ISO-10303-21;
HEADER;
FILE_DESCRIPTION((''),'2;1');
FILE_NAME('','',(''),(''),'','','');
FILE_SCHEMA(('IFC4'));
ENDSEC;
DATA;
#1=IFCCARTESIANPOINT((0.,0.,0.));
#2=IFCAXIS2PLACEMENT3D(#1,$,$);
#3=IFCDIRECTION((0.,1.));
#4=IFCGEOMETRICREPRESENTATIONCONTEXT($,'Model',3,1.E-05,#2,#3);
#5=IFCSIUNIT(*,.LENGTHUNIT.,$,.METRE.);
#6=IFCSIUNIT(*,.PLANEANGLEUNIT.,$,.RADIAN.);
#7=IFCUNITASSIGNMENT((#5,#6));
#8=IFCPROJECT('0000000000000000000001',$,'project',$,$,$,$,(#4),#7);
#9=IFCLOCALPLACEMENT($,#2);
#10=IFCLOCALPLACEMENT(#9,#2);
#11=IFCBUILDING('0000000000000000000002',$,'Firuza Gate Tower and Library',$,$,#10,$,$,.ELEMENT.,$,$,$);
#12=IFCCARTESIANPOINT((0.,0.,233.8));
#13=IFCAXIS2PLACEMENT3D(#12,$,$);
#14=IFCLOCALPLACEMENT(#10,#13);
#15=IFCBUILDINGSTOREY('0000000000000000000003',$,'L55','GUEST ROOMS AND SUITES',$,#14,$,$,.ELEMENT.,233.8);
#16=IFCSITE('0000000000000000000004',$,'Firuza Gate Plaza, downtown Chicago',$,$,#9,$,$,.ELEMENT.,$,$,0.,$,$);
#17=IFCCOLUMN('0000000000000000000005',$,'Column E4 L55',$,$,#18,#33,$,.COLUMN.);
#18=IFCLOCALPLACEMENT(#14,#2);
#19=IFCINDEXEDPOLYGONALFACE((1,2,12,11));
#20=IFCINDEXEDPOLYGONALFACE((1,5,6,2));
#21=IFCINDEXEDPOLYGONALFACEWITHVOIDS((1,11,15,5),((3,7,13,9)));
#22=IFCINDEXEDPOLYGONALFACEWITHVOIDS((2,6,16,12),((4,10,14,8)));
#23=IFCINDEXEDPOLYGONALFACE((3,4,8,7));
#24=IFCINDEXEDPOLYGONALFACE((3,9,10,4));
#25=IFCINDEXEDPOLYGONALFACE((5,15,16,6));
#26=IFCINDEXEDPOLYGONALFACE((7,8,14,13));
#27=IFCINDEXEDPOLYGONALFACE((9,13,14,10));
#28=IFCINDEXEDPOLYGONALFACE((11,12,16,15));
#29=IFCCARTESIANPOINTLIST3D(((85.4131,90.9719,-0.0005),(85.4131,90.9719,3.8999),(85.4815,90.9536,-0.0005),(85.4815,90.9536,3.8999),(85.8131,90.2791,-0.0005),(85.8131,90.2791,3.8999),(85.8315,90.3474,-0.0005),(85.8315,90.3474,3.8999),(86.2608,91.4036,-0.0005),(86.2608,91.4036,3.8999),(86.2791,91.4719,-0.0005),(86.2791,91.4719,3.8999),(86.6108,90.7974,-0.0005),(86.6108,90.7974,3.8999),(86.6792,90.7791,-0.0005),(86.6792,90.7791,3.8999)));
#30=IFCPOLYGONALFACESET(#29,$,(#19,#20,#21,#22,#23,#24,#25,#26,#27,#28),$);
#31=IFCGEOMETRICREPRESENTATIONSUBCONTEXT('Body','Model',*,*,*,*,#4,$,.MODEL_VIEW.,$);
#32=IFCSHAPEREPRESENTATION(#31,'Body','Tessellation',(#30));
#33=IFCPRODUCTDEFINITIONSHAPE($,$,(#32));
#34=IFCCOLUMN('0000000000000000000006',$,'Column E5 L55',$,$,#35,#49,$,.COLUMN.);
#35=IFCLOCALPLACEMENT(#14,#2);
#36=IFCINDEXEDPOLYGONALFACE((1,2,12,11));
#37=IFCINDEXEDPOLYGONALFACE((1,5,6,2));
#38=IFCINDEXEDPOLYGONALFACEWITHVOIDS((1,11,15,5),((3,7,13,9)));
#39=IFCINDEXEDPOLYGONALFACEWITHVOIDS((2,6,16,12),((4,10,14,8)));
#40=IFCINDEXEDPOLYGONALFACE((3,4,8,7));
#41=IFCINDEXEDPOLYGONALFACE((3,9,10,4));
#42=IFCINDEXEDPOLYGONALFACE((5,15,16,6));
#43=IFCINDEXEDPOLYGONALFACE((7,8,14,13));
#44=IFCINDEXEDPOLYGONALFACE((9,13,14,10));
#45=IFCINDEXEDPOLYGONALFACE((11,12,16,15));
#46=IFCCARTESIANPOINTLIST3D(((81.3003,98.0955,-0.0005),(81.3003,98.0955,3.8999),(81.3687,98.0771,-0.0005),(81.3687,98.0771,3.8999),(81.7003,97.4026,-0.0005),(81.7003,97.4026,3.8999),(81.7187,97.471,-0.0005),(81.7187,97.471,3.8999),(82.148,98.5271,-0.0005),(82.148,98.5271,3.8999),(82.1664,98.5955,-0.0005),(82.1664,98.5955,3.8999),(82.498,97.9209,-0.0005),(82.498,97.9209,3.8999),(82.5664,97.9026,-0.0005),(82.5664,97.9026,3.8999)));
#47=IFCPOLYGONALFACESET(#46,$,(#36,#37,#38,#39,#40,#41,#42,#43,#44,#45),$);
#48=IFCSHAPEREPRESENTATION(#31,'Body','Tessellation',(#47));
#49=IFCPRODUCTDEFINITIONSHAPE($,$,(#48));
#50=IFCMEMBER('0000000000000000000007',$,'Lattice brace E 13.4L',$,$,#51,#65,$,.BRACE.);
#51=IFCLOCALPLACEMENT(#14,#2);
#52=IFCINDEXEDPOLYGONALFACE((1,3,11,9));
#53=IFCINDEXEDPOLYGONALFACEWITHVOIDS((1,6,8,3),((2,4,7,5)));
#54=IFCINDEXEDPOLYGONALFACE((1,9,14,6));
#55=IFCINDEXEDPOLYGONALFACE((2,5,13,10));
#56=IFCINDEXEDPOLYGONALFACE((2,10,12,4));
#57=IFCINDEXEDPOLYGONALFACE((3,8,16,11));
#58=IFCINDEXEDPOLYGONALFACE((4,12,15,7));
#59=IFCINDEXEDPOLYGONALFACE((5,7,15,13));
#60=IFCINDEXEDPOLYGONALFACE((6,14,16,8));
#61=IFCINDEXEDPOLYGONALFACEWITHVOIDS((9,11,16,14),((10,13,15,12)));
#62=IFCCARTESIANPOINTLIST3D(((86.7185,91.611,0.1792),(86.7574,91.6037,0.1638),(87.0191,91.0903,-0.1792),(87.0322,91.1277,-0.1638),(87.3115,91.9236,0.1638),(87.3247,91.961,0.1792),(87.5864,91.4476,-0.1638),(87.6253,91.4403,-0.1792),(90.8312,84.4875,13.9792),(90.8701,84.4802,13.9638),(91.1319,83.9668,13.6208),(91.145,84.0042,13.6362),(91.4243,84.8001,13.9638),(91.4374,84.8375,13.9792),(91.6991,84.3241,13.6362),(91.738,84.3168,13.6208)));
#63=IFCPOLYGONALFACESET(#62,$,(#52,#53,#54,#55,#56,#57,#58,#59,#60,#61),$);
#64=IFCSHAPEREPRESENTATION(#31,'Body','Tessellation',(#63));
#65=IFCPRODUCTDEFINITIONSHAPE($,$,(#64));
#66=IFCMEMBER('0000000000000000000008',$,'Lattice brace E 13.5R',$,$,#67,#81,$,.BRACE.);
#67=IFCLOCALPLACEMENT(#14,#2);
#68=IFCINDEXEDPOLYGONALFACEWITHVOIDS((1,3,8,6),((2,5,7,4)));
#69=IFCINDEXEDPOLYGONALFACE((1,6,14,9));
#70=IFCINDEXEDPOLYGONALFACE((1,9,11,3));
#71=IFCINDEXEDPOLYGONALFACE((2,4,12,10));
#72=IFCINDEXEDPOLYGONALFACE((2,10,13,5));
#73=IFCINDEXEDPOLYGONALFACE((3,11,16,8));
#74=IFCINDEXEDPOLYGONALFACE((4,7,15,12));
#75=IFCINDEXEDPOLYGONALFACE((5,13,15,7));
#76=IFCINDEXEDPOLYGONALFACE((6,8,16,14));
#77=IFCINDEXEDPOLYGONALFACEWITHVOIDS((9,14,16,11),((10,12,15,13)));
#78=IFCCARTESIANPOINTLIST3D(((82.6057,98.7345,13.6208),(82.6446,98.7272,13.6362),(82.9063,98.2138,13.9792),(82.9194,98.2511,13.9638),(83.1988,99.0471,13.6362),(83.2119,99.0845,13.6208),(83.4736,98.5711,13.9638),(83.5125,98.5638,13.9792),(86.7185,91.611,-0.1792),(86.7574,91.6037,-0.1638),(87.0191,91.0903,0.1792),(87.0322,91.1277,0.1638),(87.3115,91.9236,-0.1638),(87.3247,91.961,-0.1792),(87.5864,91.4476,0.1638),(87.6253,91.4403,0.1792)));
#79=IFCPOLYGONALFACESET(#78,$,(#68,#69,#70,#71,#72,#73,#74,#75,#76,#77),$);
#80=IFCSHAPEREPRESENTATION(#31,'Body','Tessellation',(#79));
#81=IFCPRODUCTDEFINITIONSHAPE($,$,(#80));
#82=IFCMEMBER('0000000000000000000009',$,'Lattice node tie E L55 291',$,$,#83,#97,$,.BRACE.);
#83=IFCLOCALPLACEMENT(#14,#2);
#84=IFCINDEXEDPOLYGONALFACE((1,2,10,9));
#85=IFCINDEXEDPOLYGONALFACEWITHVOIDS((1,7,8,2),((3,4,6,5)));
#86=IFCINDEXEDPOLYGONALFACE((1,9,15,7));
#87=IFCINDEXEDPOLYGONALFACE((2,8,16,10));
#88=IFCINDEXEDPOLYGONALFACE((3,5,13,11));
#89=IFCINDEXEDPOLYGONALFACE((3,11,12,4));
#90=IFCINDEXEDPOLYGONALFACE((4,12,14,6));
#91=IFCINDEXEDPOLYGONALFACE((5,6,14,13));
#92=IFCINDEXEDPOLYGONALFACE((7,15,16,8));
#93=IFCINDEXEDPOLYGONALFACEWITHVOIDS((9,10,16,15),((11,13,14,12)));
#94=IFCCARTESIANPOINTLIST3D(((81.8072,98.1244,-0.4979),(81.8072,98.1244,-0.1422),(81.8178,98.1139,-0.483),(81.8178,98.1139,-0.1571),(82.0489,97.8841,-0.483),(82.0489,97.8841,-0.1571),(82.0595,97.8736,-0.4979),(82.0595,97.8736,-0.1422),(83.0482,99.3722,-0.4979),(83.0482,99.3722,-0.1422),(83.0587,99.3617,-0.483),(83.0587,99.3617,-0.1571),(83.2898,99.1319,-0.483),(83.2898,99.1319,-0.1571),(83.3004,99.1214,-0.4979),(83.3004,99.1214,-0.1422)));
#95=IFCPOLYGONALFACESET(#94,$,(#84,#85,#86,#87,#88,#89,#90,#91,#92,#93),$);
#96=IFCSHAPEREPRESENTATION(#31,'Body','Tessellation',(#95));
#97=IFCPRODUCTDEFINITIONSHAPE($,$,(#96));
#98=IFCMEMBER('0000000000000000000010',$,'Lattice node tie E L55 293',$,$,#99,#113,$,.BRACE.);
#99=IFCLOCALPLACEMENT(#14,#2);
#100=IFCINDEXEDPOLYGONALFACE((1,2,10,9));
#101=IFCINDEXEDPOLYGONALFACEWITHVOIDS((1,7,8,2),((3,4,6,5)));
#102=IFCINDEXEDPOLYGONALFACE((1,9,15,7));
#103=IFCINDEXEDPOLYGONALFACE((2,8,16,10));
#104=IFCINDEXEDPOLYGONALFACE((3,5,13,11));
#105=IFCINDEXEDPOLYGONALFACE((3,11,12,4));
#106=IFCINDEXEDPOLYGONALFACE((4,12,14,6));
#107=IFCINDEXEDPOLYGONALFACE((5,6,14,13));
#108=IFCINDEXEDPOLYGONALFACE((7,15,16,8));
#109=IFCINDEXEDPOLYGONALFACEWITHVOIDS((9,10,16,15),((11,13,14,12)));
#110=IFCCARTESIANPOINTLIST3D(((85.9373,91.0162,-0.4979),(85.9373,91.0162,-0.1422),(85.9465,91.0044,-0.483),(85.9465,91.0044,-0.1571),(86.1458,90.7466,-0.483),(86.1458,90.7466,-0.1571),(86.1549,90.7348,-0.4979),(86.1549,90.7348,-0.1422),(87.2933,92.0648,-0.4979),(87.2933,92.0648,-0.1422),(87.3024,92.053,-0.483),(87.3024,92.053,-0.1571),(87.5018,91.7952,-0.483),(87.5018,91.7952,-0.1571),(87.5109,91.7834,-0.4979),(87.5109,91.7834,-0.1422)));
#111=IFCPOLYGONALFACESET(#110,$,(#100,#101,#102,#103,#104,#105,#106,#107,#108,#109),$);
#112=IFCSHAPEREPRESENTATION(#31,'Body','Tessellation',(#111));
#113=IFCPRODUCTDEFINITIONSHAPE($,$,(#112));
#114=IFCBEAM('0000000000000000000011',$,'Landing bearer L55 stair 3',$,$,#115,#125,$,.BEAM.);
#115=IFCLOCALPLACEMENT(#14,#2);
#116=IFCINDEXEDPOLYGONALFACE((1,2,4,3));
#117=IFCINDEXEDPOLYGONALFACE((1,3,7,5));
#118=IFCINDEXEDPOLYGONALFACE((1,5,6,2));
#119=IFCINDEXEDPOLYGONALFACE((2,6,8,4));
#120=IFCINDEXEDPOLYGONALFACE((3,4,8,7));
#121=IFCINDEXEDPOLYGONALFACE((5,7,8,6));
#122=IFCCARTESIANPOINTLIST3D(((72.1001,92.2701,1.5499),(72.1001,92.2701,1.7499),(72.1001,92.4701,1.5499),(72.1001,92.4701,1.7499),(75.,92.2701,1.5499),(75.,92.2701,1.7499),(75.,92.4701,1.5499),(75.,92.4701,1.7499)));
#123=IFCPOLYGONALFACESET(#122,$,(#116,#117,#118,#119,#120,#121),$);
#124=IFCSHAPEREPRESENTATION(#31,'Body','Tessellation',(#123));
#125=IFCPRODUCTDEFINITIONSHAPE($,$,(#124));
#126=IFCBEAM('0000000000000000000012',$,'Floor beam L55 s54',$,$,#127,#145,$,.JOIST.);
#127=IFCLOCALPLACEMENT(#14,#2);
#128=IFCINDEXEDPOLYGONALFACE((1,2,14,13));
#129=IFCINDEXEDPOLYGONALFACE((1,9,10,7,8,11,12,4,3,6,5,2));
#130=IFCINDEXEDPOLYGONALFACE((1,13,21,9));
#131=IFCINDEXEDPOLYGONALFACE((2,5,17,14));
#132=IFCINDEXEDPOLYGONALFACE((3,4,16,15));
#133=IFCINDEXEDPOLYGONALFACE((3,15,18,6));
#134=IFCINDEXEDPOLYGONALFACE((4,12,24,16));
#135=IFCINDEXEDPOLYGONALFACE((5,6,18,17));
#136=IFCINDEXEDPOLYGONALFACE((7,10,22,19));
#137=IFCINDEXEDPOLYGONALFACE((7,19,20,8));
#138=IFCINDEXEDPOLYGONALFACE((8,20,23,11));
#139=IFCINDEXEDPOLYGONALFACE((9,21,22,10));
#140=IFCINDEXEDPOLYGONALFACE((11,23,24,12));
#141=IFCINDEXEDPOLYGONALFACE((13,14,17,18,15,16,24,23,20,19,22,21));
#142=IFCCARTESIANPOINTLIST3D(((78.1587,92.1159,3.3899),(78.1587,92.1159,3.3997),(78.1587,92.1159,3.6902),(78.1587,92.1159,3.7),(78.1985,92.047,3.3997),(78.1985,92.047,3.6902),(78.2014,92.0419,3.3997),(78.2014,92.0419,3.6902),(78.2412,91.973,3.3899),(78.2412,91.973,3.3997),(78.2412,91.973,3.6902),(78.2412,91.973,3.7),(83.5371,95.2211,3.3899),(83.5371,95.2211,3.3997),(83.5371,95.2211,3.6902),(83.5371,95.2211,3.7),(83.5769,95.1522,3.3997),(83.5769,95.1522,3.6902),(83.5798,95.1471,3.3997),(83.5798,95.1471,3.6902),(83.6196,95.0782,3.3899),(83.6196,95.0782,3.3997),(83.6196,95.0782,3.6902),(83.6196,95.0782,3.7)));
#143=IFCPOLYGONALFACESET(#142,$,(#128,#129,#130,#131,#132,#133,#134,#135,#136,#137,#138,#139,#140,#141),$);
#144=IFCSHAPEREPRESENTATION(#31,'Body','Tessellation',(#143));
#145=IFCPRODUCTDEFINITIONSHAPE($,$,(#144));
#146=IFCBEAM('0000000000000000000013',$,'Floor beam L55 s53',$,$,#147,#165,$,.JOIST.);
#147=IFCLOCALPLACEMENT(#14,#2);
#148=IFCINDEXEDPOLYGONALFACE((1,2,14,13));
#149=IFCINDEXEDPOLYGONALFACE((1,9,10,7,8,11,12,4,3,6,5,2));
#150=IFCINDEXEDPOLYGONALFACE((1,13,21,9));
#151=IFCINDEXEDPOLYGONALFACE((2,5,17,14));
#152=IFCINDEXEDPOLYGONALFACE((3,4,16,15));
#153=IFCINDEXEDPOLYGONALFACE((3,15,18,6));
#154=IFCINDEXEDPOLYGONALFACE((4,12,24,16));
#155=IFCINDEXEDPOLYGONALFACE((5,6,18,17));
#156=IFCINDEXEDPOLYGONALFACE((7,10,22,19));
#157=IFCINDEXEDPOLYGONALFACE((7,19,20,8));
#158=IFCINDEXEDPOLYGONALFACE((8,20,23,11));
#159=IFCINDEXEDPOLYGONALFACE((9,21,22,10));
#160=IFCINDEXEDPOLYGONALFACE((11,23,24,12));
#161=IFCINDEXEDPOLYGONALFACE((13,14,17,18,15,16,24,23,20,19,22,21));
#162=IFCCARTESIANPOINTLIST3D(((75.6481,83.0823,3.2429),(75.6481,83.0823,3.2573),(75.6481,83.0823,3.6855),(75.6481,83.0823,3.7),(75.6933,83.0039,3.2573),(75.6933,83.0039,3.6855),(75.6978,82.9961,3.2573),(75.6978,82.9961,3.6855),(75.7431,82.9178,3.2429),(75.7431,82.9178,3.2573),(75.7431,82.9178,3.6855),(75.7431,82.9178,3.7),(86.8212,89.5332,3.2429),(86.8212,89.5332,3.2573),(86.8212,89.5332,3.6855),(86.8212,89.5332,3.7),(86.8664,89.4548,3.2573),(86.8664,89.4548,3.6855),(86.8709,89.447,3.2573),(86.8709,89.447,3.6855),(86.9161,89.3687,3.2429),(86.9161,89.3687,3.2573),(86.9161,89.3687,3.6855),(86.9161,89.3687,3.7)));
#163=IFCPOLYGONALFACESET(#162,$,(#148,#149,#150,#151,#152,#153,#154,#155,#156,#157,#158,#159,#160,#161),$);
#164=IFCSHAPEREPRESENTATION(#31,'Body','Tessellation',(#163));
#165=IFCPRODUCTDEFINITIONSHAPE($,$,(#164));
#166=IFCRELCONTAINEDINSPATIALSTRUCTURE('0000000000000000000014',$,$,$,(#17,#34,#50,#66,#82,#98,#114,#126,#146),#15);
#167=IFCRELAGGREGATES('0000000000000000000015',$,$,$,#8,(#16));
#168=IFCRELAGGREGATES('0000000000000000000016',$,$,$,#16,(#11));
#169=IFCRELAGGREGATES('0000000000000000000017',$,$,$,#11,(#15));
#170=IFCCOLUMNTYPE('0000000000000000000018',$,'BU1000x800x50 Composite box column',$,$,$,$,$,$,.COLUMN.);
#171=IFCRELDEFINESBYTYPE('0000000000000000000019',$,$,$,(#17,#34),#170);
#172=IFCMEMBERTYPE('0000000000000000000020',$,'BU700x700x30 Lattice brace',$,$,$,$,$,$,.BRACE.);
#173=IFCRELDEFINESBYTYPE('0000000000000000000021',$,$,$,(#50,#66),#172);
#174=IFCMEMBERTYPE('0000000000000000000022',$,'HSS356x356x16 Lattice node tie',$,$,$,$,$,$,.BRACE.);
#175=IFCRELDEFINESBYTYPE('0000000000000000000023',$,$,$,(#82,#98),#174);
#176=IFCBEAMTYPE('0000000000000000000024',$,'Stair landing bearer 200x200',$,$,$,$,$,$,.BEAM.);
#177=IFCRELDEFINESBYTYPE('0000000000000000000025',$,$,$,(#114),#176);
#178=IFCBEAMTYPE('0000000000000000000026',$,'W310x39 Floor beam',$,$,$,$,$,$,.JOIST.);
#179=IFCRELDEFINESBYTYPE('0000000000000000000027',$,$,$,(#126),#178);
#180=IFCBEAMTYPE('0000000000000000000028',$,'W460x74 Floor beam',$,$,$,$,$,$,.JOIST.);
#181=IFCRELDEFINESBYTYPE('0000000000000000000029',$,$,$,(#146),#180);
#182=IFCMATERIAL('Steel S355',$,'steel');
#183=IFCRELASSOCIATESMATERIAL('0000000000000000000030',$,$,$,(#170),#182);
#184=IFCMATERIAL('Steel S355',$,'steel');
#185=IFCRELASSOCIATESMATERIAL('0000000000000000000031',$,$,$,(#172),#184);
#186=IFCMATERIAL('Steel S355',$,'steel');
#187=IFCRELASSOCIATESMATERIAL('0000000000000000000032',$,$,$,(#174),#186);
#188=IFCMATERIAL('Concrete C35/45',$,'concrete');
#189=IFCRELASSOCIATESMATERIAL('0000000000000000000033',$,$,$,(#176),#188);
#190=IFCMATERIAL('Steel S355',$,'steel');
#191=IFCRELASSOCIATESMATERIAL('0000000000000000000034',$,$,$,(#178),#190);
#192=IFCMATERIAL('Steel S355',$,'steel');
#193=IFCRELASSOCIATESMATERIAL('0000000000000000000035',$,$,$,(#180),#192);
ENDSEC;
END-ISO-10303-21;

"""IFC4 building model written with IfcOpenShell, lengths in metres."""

from ifc_helpers import new_model, si_unit, direction, frame, origin, origin_2d, place, context, subcontext, project, spatial, rectangle, hollow_rectangle, i_section, extrude, material, material_profile, profile_set, type_object, element, save


model = new_model("IFC4")

# Units and contexts
model_context = context("Model", 3, precision=1e-05, world=origin(), true_north=direction((0.0, 1.0)))
body_context = subcontext(model_context, "Body", "Model", "MODEL_VIEW")
ifc_project = project(units=[si_unit("LENGTHUNIT", "METRE"), si_unit("PLANEANGLEUNIT", "RADIAN")], contexts=[model_context])

# Site, building, storey
site_placement = place(None, origin())
site = spatial("IfcSite", under=ifc_project, at=site_placement, Name="Firuza Gate Plaza, downtown Chicago", CompositionType="ELEMENT", RefElevation=0.0)
building_placement = place(site_placement, origin())
building = spatial("IfcBuilding", under=site, at=building_placement, Name="Firuza Gate Tower and Library", CompositionType="ELEMENT")
storey_placement = place(building_placement, frame((0.0, 0.0, 233.8)))
storey = spatial("IfcBuildingStorey", under=building, at=storey_placement, Name="L55", Description="GUEST ROOMS AND SUITES", CompositionType="ELEMENT", Elevation=233.8)

# Columns
ifc_material_1 = material(Name="Steel S355", Category="steel")
ifc_material_profile_1 = material_profile(ifc_material_1, hollow_rectangle(XDim=0.8, YDim=1.0, WallThickness=0.05, at=origin_2d()))
ifc_profile_set_1 = profile_set([ifc_material_profile_1], Name="Steel S355")
column_type = type_object("IfcColumnType", Name="BU1000x800x50 Composite box column", PredefinedType="COLUMN", material=ifc_profile_set_1)
for number, where, z_axis, x_axis, name in (
    (1, (86.0461, 90.8755, -0.0005), (0.0, 0.0, 1.0), (-0.5, 0.866025, 0.0), "Column E4 L55"),
    (2, (81.9333, 97.999, -0.0005), (0.0, 0.0, 1.0), (-0.5, 0.866025, 0.0), "Column E5 L55"),
):
    element("IfcColumn", number, at=place(storey_placement, frame(where, z_axis=z_axis, x_axis=x_axis)), inside=storey, type_object=column_type, Name=name, PredefinedType="COLUMN", context=body_context, shape_type="SweptSolid", body=[
        extrude(hollow_rectangle(XDim=0.8, YDim=1.0, WallThickness=0.05, at=origin_2d()), origin(), (0.0, 0.0, 1.0), 3.9004),
    ])

# Members
ifc_material_2 = material(Name="Steel S355", Category="steel")
ifc_material_profile_2 = material_profile(ifc_material_2, hollow_rectangle(XDim=0.7, YDim=0.7, WallThickness=0.03, at=origin_2d()))
ifc_profile_set_2 = profile_set([ifc_material_profile_2], Name="Steel S355")
member_type_1 = type_object("IfcMemberType", Name="BU700x700x30 Lattice brace", PredefinedType="BRACE", material=ifc_profile_set_2)
for number, where, z_axis, x_axis, name in (
    (3, (87.1719, 91.5256, 0.0), (0.256001, -0.443405, 0.858985), (0.866024, 0.500002, 0.0), "Lattice brace E 13.4L"),
    (4, (87.1719, 91.5256, 0.0), (-0.256001, 0.443405, 0.858985), (-0.866024, -0.500002, 0.0), "Lattice brace E 13.5R"),
):
    element("IfcMember", number, at=place(storey_placement, frame(where, z_axis=z_axis, x_axis=x_axis)), inside=storey, type_object=member_type_1, Name=name, PredefinedType="BRACE", context=body_context, shape_type="SweptSolid", body=[
        extrude(hollow_rectangle(XDim=0.7, YDim=0.7, WallThickness=0.03, at=origin_2d()), origin(), (0.0, 0.0, 1.0), 16.0654),
    ])
ifc_material_3 = material(Name="Steel S355", Category="steel")
ifc_material_profile_3 = material_profile(ifc_material_3, hollow_rectangle(XDim=0.3557, YDim=0.3557, WallThickness=0.0149, at=origin_2d()))
ifc_profile_set_3 = profile_set([ifc_material_profile_3], Name="Steel S355")
member_type_2 = type_object("IfcMemberType", Name="HSS356x356x16 Lattice node tie", PredefinedType="BRACE", material=ifc_profile_set_3)
member_1_placement = place(storey_placement, frame((81.9333, 97.999, -0.3201), z_axis=(0.705162, 0.709046, 0.0), x_axis=(-0.709046, 0.705162, 0.0)))
element("IfcMember", 5, at=member_1_placement, inside=storey, type_object=member_type_2, Name="Lattice node tie E L55 291", PredefinedType="BRACE", context=body_context, shape_type="SweptSolid", body=[
    extrude(hollow_rectangle(XDim=0.3557, YDim=0.3557, WallThickness=0.0149, at=origin_2d()), origin(), (0.0, 0.0, 1.0), 1.7598),
])
member_2_placement = place(storey_placement, frame((86.0461, 90.8755, -0.3201), z_axis=(0.791059, 0.611739, 0.0), x_axis=(-0.611739, 0.791059, 0.0)))
element("IfcMember", 6, at=member_2_placement, inside=storey, type_object=member_type_2, Name="Lattice node tie E L55 293", PredefinedType="BRACE", context=body_context, shape_type="SweptSolid", body=[
    extrude(hollow_rectangle(XDim=0.3557, YDim=0.3557, WallThickness=0.0149, at=origin_2d()), origin(), (0.0, 0.0, 1.0), 1.7141),
])

# Beams
ifc_material_4 = material(Name="Concrete C35/45", Category="concrete")
ifc_material_profile_4 = material_profile(ifc_material_4, rectangle(XDim=0.2, YDim=0.2, at=origin_2d()))
ifc_profile_set_4 = profile_set([ifc_material_profile_4], Name="Concrete C35/45")
beam_type_1 = type_object("IfcBeamType", Name="Stair landing bearer 200x200", PredefinedType="BEAM", material=ifc_profile_set_4)
beam_1_placement = place(storey_placement, frame((75.0, 92.3701, 1.6499), z_axis=(-1.0, 0.0, 0.0), x_axis=(0.0, -1.0, 0.0)))
element("IfcBeam", 7, at=beam_1_placement, inside=storey, type_object=beam_type_1, Name="Landing bearer L55 stair 3", PredefinedType="BEAM", context=body_context, shape_type="SweptSolid", body=[
    extrude(rectangle(XDim=0.2, YDim=0.2, at=origin_2d()), origin(), (0.0, 0.0, 1.0), 2.8999),
])
ifc_material_5 = material(Name="Steel S355", Category="steel")
ifc_material_profile_5 = material_profile(ifc_material_5, i_section(OverallWidth=0.165, OverallDepth=0.3101, WebThickness=0.0059, FlangeThickness=0.0098, at=origin_2d()))
ifc_profile_set_5 = profile_set([ifc_material_profile_5], Name="Steel S355")
beam_type_2 = type_object("IfcBeamType", Name="W310x39 Floor beam", PredefinedType="JOIST", material=ifc_profile_set_5)
beam_2_placement = place(storey_placement, frame((83.5784, 95.1497, 3.5449), z_axis=(-0.866026, -0.499999, 0.0), x_axis=(0.499999, -0.866026, 0.0)))
element("IfcBeam", 8, at=beam_2_placement, inside=storey, type_object=beam_type_2, Name="Floor beam L55 s54", PredefinedType="JOIST", context=body_context, shape_type="SweptSolid", body=[
    extrude(i_section(OverallWidth=0.165, OverallDepth=0.3101, WebThickness=0.0059, FlangeThickness=0.0098, at=origin_2d()), origin(), (0.0, 0.0, 1.0), 6.2104),
])
ifc_material_6 = material(Name="Steel S355", Category="steel")
ifc_material_profile_6 = material_profile(ifc_material_6, i_section(OverallWidth=0.1899, OverallDepth=0.457, WebThickness=0.009, FlangeThickness=0.0144, at=origin_2d()))
ifc_profile_set_6 = profile_set([ifc_material_profile_6], Name="Steel S355")
beam_type_3 = type_object("IfcBeamType", Name="W460x74 Floor beam", PredefinedType="JOIST", material=ifc_profile_set_6)
beam_3_placement = place(storey_placement, frame((86.8687, 89.4509, 3.4714), z_axis=(-0.866021, -0.500008, 0.0), x_axis=(0.500008, -0.866021, 0.0)))
element("IfcBeam", 9, at=beam_3_placement, inside=storey, type_object=beam_type_3, Name="Floor beam L55 s53", PredefinedType="JOIST", context=body_context, shape_type="SweptSolid", body=[
    extrude(i_section(OverallWidth=0.1899, OverallDepth=0.457, WebThickness=0.009, FlangeThickness=0.0144, at=origin_2d()), origin(), (0.0, 0.0, 1.0), 12.9016),
])

save(model, "model.ifc")
